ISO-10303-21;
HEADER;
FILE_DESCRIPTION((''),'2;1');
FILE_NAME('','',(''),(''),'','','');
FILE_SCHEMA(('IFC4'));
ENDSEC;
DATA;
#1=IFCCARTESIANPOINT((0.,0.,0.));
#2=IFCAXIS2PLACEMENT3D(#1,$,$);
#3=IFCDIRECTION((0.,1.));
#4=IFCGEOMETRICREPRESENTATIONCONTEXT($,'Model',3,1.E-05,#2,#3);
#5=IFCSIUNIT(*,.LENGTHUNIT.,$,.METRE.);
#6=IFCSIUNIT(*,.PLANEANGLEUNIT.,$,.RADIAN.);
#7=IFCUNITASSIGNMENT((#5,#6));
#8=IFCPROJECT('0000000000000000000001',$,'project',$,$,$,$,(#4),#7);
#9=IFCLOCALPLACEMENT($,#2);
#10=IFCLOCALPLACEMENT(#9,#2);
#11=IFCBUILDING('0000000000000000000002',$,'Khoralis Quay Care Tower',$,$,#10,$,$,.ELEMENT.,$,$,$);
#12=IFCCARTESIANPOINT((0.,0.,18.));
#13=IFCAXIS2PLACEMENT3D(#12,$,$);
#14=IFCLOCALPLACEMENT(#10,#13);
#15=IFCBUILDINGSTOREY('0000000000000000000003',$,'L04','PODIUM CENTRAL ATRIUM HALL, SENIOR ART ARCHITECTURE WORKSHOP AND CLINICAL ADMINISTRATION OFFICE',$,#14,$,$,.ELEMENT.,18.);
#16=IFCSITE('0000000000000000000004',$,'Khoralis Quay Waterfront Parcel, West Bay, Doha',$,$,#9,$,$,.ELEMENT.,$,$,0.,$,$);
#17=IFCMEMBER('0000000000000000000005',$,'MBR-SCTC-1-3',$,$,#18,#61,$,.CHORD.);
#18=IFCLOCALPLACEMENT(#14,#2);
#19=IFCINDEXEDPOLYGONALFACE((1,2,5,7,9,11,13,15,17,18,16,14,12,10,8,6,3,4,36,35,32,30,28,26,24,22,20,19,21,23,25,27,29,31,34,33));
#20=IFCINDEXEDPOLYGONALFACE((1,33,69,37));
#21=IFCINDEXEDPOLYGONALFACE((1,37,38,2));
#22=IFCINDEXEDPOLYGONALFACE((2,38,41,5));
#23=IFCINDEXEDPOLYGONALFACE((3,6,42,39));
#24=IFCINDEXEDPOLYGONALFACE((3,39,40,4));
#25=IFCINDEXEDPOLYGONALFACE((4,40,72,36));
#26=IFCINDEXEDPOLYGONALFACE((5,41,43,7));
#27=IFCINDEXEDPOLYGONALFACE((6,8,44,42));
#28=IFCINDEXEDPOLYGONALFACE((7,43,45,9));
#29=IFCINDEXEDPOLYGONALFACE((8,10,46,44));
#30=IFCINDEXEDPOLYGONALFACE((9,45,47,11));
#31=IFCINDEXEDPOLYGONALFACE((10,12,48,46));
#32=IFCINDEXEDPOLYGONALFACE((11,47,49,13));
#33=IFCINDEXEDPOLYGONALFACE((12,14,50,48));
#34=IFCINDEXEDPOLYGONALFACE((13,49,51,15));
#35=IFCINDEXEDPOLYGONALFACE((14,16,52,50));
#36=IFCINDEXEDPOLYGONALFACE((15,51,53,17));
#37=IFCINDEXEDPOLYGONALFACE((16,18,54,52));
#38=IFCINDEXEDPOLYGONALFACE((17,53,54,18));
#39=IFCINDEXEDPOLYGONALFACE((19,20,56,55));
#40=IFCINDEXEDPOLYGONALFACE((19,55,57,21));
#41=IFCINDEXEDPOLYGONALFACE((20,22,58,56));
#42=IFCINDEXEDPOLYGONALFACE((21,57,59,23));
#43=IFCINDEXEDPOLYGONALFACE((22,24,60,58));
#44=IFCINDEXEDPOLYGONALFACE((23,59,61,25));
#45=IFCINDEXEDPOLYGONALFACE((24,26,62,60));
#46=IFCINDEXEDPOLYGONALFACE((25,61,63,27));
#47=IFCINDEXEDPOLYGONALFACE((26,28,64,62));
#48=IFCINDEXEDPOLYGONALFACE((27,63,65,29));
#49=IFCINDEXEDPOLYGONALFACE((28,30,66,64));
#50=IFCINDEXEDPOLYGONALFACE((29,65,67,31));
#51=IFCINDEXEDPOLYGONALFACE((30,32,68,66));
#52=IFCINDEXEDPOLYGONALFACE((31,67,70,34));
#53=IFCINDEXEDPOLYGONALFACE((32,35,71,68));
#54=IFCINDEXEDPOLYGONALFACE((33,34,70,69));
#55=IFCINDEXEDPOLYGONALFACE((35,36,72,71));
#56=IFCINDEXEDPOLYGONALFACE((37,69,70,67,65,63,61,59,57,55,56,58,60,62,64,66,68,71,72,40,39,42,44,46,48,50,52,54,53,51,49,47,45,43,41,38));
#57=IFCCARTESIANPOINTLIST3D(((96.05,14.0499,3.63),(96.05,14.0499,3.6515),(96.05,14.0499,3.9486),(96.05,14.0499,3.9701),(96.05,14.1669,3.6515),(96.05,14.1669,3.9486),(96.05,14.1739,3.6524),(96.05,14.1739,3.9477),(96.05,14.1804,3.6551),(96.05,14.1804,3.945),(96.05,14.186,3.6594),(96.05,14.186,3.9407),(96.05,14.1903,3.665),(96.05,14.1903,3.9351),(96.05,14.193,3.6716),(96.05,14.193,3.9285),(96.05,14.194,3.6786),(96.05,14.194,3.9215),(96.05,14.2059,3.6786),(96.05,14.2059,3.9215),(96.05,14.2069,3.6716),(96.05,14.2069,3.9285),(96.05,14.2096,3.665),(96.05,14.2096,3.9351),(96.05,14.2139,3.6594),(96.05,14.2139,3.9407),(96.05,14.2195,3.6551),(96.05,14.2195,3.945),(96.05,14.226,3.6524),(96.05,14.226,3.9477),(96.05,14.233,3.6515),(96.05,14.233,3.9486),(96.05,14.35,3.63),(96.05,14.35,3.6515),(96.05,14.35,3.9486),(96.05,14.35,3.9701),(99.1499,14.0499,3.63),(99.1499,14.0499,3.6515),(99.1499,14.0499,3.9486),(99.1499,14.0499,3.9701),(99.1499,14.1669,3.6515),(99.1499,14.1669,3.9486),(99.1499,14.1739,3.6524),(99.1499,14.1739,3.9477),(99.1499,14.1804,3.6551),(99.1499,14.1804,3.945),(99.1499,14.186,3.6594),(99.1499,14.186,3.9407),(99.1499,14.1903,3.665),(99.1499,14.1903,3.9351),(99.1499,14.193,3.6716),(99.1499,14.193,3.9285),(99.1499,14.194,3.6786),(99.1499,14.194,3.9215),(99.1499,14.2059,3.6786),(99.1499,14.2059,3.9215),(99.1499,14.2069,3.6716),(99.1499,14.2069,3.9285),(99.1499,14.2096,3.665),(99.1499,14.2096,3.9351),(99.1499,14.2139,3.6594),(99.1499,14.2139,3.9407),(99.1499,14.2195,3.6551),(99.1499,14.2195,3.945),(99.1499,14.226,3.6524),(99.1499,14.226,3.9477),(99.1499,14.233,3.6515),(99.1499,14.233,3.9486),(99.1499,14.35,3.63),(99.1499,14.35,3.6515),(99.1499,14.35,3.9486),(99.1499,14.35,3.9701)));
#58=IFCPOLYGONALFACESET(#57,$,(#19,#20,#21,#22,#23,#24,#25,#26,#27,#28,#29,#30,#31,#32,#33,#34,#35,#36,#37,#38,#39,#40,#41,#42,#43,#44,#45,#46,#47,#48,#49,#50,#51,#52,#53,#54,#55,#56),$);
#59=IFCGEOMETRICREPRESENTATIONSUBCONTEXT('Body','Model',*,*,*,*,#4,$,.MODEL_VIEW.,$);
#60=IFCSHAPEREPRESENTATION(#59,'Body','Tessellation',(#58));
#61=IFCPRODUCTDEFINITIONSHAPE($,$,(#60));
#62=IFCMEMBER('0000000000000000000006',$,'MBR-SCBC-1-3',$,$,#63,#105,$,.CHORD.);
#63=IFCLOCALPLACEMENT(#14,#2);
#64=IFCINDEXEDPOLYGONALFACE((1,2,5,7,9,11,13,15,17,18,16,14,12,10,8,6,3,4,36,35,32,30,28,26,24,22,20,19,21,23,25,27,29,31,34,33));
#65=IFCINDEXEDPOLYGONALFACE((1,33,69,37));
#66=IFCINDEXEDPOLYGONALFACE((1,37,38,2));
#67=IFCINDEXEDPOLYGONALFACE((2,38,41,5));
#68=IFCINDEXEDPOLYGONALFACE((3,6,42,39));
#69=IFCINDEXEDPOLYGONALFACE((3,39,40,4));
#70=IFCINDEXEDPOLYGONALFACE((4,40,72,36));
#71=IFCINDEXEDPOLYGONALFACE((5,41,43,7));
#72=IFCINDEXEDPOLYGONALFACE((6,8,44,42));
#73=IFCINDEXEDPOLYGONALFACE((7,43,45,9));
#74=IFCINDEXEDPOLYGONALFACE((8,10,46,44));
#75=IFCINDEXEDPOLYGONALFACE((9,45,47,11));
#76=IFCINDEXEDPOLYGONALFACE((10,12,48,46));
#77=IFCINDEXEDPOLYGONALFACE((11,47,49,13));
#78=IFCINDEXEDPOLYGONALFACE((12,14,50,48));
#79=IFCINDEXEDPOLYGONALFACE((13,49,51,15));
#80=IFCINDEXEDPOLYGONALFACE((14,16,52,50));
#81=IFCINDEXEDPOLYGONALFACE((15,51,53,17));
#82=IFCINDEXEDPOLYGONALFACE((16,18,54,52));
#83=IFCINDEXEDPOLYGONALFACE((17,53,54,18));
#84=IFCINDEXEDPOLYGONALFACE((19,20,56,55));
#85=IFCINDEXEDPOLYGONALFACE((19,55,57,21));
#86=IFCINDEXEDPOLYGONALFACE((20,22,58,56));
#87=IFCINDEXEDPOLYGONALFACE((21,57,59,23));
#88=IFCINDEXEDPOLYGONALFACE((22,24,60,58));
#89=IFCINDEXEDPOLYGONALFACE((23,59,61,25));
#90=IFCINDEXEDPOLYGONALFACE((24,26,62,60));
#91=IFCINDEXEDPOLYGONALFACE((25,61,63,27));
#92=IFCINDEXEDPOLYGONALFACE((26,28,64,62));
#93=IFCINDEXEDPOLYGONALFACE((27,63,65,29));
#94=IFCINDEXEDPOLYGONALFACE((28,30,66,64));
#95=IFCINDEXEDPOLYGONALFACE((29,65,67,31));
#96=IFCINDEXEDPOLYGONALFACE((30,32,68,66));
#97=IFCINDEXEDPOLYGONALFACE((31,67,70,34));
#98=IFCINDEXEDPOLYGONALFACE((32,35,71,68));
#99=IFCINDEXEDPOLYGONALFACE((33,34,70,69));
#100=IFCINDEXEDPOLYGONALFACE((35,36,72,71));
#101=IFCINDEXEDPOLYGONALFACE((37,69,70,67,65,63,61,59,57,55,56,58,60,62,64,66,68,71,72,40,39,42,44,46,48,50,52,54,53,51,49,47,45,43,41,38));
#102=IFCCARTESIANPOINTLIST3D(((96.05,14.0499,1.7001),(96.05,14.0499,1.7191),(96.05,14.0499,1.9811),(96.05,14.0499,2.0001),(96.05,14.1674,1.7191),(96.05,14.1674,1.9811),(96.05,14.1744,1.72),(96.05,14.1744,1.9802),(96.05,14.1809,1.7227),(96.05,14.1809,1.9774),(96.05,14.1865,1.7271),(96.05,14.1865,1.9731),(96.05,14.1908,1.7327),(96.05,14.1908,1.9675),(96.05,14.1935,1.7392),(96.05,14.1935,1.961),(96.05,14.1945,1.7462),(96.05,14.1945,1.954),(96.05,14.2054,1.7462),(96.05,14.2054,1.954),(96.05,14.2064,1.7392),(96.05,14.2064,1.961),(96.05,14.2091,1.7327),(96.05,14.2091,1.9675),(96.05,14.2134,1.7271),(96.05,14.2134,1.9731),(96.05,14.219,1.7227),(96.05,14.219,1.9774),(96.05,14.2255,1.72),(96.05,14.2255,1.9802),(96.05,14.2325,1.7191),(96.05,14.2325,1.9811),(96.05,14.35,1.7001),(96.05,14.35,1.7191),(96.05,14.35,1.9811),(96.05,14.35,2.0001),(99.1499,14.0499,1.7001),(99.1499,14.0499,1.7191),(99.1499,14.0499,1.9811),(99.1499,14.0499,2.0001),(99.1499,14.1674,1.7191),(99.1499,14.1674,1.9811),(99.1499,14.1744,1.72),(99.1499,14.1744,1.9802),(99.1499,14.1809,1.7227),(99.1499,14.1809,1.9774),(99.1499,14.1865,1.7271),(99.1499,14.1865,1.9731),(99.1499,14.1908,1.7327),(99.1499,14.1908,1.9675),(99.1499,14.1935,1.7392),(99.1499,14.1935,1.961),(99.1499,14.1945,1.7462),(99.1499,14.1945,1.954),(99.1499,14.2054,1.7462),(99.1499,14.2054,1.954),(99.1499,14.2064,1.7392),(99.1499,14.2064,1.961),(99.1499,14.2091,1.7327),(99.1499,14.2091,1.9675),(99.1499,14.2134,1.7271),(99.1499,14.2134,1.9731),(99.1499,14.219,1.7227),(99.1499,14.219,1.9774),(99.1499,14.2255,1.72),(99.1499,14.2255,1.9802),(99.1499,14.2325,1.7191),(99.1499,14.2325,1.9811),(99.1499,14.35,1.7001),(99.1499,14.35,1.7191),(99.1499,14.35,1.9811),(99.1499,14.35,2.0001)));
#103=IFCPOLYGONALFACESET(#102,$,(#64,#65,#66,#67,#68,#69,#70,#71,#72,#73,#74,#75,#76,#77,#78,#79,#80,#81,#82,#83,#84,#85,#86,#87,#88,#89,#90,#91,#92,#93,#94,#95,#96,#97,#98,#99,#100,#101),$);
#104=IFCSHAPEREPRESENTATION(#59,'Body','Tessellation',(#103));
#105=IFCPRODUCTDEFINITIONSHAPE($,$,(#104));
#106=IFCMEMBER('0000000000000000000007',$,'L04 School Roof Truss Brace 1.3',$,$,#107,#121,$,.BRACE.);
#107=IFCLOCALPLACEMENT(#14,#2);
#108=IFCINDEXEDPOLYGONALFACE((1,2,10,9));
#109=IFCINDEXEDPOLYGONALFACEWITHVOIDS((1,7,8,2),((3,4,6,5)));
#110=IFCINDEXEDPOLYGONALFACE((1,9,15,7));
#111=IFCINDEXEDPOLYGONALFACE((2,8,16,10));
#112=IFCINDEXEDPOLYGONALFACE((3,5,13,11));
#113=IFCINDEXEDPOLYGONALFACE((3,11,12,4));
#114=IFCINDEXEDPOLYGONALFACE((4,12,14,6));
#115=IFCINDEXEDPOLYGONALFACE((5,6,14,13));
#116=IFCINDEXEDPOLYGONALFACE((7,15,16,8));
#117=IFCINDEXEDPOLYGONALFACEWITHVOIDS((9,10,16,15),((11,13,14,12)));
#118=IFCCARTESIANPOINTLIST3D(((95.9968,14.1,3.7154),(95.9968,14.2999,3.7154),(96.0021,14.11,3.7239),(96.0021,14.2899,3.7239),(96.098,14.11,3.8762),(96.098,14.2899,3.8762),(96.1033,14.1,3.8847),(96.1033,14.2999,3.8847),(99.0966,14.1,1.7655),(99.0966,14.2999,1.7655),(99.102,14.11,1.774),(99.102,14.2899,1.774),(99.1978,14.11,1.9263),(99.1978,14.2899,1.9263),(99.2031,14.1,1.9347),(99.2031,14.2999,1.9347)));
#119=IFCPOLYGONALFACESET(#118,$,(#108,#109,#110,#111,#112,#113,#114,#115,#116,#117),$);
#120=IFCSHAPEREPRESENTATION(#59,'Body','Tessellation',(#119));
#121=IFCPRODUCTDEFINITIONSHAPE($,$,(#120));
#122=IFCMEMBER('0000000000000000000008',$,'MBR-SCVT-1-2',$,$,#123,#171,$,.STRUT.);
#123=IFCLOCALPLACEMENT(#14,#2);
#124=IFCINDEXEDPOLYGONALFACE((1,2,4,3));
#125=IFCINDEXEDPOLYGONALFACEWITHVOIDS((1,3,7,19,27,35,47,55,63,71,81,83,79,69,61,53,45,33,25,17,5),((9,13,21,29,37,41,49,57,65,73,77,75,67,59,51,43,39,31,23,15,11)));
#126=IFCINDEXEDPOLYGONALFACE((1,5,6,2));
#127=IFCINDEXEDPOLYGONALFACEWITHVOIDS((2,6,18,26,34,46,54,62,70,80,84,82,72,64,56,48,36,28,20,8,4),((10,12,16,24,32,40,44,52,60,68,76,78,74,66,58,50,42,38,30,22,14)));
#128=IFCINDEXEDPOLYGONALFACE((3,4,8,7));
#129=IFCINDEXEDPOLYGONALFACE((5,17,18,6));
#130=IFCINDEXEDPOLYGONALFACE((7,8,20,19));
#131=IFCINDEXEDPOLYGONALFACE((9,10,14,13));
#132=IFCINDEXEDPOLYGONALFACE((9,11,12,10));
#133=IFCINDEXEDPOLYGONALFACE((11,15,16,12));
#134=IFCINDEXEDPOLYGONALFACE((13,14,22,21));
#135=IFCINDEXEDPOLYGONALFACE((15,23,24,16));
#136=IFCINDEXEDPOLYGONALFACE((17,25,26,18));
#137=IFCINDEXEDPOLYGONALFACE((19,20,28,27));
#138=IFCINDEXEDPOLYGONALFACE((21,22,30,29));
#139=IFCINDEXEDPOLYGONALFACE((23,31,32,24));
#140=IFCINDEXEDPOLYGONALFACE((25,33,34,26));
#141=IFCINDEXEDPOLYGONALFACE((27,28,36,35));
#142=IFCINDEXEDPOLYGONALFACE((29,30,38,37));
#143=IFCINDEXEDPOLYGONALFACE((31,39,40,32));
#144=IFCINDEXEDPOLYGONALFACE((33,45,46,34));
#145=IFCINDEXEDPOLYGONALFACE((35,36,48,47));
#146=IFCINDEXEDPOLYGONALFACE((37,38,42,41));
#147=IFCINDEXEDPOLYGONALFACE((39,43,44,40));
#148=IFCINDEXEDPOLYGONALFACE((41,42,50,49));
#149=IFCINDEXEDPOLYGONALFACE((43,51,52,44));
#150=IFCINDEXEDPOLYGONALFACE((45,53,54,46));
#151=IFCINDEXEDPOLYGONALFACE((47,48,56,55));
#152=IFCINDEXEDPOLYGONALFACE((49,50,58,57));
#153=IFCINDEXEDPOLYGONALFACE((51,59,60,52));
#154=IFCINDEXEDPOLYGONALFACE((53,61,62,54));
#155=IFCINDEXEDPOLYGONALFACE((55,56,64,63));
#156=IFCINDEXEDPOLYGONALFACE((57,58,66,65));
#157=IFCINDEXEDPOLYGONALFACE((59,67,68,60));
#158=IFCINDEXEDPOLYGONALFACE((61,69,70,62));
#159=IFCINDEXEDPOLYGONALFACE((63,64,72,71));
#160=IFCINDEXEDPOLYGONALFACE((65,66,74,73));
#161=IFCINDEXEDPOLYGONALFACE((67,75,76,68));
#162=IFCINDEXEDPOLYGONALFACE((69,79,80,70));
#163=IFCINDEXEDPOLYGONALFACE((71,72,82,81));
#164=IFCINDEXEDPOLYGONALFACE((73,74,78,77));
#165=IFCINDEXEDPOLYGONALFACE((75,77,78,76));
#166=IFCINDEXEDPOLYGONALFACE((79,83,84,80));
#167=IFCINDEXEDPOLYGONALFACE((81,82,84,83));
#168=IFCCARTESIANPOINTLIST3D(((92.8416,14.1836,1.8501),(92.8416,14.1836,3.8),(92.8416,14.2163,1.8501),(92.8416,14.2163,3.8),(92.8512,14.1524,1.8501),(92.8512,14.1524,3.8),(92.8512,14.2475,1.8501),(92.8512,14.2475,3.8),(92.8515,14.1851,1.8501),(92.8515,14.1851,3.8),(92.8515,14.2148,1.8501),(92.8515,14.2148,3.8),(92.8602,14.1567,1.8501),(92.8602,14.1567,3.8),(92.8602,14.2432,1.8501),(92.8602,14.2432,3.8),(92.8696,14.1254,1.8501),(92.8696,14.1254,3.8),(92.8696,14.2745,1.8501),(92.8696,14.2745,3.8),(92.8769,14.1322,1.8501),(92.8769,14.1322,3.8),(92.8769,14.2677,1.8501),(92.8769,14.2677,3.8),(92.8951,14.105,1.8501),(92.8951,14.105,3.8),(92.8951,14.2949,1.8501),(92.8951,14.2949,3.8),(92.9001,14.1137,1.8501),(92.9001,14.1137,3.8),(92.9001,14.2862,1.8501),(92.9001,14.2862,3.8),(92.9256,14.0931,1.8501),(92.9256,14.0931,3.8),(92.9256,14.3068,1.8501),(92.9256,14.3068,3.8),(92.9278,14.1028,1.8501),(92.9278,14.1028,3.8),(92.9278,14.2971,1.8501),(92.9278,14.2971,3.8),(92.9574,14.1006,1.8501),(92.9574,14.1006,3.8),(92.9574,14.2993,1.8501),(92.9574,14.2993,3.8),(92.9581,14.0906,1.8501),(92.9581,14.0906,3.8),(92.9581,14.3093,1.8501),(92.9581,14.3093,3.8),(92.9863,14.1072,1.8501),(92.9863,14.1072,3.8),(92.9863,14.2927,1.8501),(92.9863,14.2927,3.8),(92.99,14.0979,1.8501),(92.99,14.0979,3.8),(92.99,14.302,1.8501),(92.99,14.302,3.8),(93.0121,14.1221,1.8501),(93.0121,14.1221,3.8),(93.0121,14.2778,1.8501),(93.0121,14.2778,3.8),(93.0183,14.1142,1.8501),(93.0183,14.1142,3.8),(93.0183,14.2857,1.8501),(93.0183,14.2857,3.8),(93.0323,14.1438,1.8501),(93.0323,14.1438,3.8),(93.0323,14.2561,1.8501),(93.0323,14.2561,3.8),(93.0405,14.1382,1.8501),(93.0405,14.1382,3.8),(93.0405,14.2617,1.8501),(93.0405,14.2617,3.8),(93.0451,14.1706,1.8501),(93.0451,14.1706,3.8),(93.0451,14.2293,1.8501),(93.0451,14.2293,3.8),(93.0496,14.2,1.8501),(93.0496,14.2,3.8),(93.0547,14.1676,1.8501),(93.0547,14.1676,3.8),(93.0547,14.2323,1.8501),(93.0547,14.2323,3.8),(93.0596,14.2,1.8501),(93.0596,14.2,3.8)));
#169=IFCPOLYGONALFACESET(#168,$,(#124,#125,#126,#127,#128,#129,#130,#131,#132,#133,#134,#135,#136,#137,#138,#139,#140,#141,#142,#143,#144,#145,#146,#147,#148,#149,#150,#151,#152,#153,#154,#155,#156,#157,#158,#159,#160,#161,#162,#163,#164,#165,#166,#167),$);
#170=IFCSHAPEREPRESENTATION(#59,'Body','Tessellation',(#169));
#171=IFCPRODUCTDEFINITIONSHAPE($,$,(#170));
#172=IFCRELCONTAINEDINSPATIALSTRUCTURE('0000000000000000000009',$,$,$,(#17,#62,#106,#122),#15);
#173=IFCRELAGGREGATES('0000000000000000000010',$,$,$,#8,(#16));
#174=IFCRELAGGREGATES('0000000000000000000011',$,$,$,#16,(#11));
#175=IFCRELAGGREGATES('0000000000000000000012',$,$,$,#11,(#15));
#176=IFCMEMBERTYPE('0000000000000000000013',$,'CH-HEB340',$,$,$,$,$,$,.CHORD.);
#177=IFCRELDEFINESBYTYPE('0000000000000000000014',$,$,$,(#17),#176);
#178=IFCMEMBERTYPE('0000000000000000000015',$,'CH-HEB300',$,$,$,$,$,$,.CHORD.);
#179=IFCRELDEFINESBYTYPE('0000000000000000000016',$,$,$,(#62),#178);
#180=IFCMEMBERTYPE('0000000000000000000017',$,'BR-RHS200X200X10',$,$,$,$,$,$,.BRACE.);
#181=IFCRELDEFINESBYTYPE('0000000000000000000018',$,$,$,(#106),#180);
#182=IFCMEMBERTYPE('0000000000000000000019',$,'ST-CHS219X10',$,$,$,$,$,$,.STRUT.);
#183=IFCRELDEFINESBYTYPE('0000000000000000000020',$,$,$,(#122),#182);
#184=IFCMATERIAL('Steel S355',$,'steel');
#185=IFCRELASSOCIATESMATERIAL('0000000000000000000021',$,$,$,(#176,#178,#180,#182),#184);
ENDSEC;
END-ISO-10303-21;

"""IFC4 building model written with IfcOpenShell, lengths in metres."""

from ifc_helpers import new_model, si_unit, direction, frame, origin, origin_2d, place, context, subcontext, project, spatial, hollow_rectangle, hollow_circle, i_section, extrude, source, transform, mapped, material, material_profile, profile_set, type_object, element, save


model = new_model("IFC4")

# Units and contexts
model_context = context("Model", 3, precision=1e-05, world=origin(), true_north=direction((0.0, 1.0)))
body_context = subcontext(model_context, "Body", "Model", "MODEL_VIEW")
ifc_project = project(units=[si_unit("LENGTHUNIT", "METRE"), si_unit("PLANEANGLEUNIT", "RADIAN")], contexts=[model_context])

# Site, building, storey
site_placement = place(None, origin())
site = spatial("IfcSite", under=ifc_project, at=site_placement, Name="Khoralis Quay Waterfront Parcel, West Bay, Doha", CompositionType="ELEMENT", RefElevation=0.0)
building_placement = place(site_placement, origin())
building = spatial("IfcBuilding", under=site, at=building_placement, Name="Khoralis Quay Care Tower", CompositionType="ELEMENT")
storey_placement = place(building_placement, frame((0.0, 0.0, 18.0)))
storey = spatial("IfcBuildingStorey", under=building, at=storey_placement, Name="L04", Description="PODIUM CENTRAL ATRIUM HALL, SENIOR ART ARCHITECTURE WORKSHOP AND CLINICAL ADMINISTRATION OFFICE", CompositionType="ELEMENT", Elevation=18.0)

# Members
ifc_material_1 = material(Name="Steel S355", Category="steel")
ifc_material_profile_1 = material_profile(ifc_material_1, i_section(OverallWidth=0.3, OverallDepth=0.3401, WebThickness=0.012, FlangeThickness=0.0215, FilletRadius=0.0271, at=origin_2d()), Name="Steel S355")
ifc_profile_set_1 = profile_set([ifc_material_profile_1], Name="Steel S355")
member_type_1 = type_object("IfcMemberType", Name="CH-HEB340", PredefinedType="CHORD", material=ifc_profile_set_1)
ifc_material_profile_2 = material_profile(ifc_material_1, i_section(OverallWidth=0.3, OverallDepth=0.3, WebThickness=0.011, FlangeThickness=0.019, FilletRadius=0.0271, at=origin_2d()), Name="Steel S355")
ifc_profile_set_2 = profile_set([ifc_material_profile_2], Name="Steel S355")
member_type_2 = type_object("IfcMemberType", Name="CH-HEB300", PredefinedType="CHORD", material=ifc_profile_set_2)
ifc_material_profile_3 = material_profile(ifc_material_1, hollow_rectangle(XDim=0.2, YDim=0.2, WallThickness=0.01, at=origin_2d()), Name="Steel S355")
ifc_profile_set_3 = profile_set([ifc_material_profile_3], Name="Steel S355")
member_type_3 = type_object("IfcMemberType", Name="BR-RHS200X200X10", PredefinedType="BRACE", material=ifc_profile_set_3)
shared_shape_1 = source(origin(), body_context, "Body", "SweptSolid", [
    extrude(i_section(OverallWidth=0.3, OverallDepth=0.3401, WebThickness=0.012, FlangeThickness=0.0215, FilletRadius=0.0271, at=origin_2d()), origin(), (0.0, 0.0, 1.0), 3.0999),
])
member_1_placement = place(storey_placement, frame((96.05, 14.2, 3.8), z_axis=(1.0, 0.0, 0.0), x_axis=(0.0, 1.0, 0.0)))
element("IfcMember", 1, at=member_1_placement, inside=storey, type_object=member_type_1, Name="MBR-SCTC-1-3", PredefinedType="CHORD", context=body_context, shape_type="MappedRepresentation", body=[
    mapped(shared_shape_1, transform((0.0, 0.0, 0.0), scale=1.0)),
])
shared_shape_2 = source(origin(), body_context, "Body", "SweptSolid", [
    extrude(i_section(OverallWidth=0.3, OverallDepth=0.3, WebThickness=0.011, FlangeThickness=0.019, FilletRadius=0.0271, at=origin_2d()), origin(), (0.0, 0.0, 1.0), 3.0999),
])
member_2_placement = place(storey_placement, frame((96.05, 14.2, 1.8501), z_axis=(1.0, 0.0, 0.0), x_axis=(0.0, 1.0, 0.0)))
element("IfcMember", 2, at=member_2_placement, inside=storey, type_object=member_type_2, Name="MBR-SCBC-1-3", PredefinedType="CHORD", context=body_context, shape_type="MappedRepresentation", body=[
    mapped(shared_shape_2, transform((0.0, 0.0, 0.0), scale=1.0)),
])
shared_shape_3 = source(origin(), body_context, "Body", "SweptSolid", [
    extrude(hollow_rectangle(XDim=0.2, YDim=0.2, WallThickness=0.01, at=origin_2d()), origin(), (0.0, 0.0, 1.0), 3.6621),
])
member_3_placement = place(storey_placement, frame((96.05, 14.2, 3.8), z_axis=(0.846455, 0.0, -0.53246), x_axis=(0.0, 1.0, 0.0)))
element("IfcMember", 3, at=member_3_placement, inside=storey, type_object=member_type_3, Name="L04 School Roof Truss Brace 1.3", PredefinedType="BRACE", context=body_context, shape_type="MappedRepresentation", body=[
    mapped(shared_shape_3, transform((0.0, 0.0, 0.0), scale=1.0)),
])
ifc_material_profile_4 = material_profile(ifc_material_1, hollow_circle(Radius=0.1096, WallThickness=0.01, at=origin_2d()), Name="Steel S355")
ifc_profile_set_4 = profile_set([ifc_material_profile_4], Name="Steel S355")
member_type_4 = type_object("IfcMemberType", Name="ST-CHS219X10", PredefinedType="STRUT", material=ifc_profile_set_4)
shared_shape_4 = source(origin(), body_context, "Body", "SweptSolid", [
    extrude(hollow_circle(Radius=0.1096, WallThickness=0.01, at=origin_2d()), origin(), (0.0, 0.0, 1.0), 1.95),
])
for number, where, z_axis, x_axis, name in (
    (4, (92.95, 14.2, 1.8501), (0.0, 0.0, 1.0), (1.0, 0.0, 0.0), "MBR-SCVT-1-2"),
):
    element("IfcMember", number, at=place(storey_placement, frame(where, z_axis=z_axis, x_axis=x_axis)), inside=storey, type_object=member_type_4, Name=name, PredefinedType="STRUT", context=body_context, shape_type="MappedRepresentation", body=[
        mapped(shared_shape_4, transform((0.0, 0.0, 0.0), scale=1.0)),
    ])

save(model, "model.ifc")
